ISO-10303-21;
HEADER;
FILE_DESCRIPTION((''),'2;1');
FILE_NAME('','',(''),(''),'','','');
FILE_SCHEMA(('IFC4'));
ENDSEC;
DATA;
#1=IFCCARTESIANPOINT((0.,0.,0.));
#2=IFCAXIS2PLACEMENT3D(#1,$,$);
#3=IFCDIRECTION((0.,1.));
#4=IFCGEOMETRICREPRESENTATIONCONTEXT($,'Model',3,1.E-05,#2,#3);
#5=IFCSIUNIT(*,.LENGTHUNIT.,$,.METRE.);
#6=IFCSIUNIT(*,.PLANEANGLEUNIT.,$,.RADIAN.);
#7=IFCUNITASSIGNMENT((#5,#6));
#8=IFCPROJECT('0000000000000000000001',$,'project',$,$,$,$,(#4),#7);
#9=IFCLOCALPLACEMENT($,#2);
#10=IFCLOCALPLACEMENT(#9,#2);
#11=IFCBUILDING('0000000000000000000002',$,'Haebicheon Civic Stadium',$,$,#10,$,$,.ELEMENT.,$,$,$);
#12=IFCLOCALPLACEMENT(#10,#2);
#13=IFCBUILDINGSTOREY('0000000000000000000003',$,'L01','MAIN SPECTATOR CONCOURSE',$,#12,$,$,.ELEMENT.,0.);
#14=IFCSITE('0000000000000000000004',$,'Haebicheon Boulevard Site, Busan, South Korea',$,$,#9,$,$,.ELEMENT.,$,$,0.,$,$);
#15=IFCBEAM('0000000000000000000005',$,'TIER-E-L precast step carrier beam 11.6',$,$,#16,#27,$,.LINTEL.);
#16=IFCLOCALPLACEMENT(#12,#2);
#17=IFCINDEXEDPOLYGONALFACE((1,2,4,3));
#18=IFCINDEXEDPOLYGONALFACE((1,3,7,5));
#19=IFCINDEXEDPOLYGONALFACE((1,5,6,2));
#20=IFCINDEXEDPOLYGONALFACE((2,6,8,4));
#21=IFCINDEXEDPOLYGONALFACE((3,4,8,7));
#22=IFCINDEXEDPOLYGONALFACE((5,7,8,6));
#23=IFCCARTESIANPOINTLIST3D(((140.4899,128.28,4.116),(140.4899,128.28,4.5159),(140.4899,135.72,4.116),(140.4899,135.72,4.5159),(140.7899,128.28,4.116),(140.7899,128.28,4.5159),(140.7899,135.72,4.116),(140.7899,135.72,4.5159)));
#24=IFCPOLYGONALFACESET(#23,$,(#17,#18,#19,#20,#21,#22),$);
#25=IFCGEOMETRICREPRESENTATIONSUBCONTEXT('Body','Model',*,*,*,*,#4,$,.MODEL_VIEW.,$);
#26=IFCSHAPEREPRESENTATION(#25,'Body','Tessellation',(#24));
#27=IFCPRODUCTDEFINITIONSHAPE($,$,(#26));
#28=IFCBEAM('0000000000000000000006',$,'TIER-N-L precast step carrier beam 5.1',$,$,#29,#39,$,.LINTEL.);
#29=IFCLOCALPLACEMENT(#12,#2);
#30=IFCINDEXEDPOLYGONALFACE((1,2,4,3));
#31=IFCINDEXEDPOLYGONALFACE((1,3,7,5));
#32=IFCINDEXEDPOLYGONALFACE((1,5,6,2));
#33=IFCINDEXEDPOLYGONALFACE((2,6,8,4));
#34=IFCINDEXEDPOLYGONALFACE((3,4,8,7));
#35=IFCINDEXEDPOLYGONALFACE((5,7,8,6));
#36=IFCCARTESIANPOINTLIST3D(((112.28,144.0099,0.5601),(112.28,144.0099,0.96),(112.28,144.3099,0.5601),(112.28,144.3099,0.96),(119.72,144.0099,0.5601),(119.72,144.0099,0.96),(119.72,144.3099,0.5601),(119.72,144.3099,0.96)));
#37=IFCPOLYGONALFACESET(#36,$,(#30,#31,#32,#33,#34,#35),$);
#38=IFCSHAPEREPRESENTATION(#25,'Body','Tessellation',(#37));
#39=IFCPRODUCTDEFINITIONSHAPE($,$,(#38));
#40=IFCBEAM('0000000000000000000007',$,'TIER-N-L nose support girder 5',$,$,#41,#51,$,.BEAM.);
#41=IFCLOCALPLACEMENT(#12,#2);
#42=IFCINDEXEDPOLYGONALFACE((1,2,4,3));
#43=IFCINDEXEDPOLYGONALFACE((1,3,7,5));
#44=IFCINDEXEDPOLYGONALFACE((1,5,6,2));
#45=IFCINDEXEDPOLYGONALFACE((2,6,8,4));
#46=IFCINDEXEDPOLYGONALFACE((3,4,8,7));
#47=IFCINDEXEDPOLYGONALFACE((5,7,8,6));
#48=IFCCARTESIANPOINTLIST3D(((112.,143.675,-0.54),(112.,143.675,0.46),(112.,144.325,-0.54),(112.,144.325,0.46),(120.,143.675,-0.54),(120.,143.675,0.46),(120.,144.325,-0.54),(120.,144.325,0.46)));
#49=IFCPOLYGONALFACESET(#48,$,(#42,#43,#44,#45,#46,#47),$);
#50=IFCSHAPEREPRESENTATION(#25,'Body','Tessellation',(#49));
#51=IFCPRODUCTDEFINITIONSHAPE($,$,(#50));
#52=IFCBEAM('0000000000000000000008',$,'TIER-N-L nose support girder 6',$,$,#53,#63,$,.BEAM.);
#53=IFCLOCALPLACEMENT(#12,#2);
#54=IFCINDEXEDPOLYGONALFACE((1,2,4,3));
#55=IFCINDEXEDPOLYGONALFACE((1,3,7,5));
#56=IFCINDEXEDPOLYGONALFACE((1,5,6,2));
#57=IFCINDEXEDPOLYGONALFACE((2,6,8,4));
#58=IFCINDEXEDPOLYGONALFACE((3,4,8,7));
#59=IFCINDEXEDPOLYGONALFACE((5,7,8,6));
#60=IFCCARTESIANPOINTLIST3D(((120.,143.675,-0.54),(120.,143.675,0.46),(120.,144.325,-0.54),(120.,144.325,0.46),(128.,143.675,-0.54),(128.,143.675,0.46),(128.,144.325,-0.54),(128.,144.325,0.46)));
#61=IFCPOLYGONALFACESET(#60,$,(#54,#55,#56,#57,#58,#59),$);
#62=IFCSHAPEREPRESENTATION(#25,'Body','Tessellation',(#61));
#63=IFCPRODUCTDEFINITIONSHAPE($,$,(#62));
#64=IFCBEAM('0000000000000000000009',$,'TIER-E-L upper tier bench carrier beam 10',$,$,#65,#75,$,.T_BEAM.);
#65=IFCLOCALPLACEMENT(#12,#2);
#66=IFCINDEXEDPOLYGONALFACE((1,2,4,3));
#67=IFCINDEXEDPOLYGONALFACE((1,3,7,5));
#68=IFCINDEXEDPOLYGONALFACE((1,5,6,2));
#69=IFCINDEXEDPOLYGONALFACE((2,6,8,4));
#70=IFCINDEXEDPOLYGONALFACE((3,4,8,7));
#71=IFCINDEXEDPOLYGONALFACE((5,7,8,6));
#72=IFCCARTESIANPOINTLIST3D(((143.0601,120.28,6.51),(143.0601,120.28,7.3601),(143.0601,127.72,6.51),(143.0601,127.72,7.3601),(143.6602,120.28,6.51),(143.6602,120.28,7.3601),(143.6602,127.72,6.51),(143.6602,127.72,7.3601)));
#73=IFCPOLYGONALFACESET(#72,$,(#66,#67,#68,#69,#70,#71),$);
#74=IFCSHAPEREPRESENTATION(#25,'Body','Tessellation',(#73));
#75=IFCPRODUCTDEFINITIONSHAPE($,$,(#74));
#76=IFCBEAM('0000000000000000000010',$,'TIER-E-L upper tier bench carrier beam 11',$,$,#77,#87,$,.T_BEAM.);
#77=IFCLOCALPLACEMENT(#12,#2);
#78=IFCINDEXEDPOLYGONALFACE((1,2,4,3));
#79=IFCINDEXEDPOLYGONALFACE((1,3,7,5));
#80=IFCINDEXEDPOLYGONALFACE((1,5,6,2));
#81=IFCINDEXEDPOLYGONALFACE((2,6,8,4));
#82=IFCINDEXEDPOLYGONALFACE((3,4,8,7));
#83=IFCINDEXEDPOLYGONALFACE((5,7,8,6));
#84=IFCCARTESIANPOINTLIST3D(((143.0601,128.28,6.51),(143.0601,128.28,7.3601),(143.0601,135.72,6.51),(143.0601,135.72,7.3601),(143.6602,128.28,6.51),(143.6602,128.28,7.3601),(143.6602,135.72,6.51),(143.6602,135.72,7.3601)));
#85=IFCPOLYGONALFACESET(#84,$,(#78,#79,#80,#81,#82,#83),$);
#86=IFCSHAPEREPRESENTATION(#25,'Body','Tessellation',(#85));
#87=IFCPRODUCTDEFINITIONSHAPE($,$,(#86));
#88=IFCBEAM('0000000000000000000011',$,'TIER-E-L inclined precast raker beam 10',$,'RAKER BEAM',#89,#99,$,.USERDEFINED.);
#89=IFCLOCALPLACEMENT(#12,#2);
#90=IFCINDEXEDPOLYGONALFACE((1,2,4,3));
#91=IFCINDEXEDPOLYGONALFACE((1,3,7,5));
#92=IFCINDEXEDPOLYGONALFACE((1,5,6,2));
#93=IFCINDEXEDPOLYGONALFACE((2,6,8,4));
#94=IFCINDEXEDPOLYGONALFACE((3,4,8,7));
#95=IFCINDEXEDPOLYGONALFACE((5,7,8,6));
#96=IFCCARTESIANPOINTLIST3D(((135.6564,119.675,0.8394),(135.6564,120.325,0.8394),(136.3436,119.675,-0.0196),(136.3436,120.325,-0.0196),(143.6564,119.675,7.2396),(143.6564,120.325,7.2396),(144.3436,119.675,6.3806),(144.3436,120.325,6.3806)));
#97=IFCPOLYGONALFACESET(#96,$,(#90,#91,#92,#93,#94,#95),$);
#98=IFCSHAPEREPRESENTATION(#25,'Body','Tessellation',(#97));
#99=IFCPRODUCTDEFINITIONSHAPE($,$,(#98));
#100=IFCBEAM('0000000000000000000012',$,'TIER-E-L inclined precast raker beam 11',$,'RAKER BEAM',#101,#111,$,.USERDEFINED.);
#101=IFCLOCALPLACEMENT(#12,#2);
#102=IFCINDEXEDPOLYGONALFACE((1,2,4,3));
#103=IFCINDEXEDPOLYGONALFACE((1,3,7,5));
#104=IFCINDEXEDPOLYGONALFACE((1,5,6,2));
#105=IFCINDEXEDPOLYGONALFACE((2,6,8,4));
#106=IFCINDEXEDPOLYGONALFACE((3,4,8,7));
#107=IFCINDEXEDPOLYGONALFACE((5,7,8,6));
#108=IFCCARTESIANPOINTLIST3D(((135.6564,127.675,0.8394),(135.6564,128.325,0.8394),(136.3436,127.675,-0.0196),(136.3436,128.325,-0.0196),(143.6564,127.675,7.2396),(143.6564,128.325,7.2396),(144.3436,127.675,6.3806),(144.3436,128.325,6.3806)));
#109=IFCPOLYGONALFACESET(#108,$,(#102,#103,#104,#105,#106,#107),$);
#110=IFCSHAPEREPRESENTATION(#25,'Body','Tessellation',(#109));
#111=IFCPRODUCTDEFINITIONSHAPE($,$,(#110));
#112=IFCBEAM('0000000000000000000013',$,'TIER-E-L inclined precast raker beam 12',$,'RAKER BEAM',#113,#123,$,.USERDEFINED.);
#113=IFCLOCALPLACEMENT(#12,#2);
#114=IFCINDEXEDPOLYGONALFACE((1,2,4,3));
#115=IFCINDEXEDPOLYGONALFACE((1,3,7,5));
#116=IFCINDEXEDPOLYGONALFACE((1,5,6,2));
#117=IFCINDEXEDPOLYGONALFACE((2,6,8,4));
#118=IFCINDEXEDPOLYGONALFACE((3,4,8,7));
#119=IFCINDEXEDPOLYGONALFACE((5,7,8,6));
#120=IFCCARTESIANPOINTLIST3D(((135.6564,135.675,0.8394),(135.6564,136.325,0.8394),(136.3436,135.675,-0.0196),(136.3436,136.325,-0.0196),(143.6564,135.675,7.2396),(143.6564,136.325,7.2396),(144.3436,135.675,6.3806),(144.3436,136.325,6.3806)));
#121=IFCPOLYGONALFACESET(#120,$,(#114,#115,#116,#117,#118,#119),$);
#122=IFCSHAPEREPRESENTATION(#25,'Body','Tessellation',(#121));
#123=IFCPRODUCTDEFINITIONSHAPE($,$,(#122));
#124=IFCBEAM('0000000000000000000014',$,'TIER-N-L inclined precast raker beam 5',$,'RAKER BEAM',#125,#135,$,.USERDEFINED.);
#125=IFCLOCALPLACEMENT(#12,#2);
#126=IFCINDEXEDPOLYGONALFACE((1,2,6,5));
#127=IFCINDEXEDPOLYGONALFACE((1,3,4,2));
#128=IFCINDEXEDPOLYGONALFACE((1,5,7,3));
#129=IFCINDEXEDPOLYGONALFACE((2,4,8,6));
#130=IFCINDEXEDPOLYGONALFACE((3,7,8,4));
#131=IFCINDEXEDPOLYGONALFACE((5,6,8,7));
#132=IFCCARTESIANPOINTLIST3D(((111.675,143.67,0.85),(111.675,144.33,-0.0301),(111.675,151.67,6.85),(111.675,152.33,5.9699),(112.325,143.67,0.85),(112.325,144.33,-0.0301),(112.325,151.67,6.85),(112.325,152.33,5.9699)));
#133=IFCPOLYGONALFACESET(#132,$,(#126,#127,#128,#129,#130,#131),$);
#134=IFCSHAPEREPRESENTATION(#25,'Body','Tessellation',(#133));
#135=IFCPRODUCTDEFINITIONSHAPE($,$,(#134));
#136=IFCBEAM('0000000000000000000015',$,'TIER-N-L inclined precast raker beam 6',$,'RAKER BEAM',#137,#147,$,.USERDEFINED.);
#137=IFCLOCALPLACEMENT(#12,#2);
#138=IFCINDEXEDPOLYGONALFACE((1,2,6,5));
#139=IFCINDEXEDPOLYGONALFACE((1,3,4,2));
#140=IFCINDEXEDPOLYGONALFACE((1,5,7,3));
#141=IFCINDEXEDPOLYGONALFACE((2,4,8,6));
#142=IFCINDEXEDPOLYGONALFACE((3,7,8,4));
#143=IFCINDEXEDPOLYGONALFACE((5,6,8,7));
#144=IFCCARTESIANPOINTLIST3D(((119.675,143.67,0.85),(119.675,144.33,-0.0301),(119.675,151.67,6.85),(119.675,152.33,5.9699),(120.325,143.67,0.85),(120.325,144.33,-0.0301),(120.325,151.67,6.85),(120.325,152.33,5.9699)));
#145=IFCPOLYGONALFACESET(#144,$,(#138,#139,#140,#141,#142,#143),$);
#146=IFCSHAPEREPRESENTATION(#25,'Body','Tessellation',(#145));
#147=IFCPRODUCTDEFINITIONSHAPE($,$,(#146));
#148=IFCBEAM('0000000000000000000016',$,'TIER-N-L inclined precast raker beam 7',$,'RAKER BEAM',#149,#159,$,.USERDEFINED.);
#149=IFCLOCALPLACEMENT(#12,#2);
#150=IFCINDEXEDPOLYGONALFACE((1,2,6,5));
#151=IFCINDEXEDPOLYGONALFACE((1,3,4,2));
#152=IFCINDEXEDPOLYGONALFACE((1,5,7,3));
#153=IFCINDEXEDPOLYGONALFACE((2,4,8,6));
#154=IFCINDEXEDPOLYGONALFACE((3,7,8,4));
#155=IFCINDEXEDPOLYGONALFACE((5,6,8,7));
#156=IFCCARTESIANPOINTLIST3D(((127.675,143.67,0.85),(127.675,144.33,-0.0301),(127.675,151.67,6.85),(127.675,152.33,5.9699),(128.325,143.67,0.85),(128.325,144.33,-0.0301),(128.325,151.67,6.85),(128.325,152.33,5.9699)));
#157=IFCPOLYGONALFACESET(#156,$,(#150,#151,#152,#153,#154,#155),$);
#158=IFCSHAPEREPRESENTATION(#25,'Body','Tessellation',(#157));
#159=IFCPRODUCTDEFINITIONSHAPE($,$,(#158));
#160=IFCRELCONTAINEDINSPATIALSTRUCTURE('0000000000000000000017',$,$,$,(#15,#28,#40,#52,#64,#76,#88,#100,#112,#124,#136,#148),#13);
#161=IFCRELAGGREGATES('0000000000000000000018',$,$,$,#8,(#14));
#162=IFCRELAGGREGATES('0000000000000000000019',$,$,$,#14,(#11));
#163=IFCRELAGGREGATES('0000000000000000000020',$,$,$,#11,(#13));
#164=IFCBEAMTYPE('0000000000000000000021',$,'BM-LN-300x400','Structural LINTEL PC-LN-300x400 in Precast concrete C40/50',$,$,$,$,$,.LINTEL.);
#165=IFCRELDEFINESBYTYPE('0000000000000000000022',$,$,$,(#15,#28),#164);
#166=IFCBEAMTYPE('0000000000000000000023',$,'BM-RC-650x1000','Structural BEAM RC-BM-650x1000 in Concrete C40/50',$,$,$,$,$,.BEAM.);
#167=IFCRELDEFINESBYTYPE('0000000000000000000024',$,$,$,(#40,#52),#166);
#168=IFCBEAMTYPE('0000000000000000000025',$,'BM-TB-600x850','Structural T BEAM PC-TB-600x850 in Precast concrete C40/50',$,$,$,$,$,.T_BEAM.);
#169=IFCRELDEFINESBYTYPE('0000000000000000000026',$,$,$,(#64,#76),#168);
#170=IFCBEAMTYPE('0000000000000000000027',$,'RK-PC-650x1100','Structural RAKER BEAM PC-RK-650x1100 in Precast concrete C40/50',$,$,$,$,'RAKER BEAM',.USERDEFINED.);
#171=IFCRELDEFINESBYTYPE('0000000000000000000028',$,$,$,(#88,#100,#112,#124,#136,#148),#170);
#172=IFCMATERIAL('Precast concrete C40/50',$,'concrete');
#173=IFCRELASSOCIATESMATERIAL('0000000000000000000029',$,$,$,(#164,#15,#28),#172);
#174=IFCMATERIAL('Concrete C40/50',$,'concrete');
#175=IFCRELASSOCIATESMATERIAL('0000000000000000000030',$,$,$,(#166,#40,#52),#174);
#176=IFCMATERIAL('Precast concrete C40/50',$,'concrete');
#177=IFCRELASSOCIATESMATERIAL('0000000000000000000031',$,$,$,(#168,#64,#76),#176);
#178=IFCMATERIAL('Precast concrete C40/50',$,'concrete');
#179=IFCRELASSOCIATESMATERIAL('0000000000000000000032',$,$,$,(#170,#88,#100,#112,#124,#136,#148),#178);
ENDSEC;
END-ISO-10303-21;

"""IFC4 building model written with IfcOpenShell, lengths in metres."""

from ifc_helpers import new_model, si_unit, direction, frame, origin, origin_2d, place, context, subcontext, project, spatial, rectangle, extrude, material, material_profile, profile_set, type_object, element, save


model = new_model("IFC4")

# Units and contexts
model_context = context("Model", 3, precision=1e-05, world=origin(), true_north=direction((0.0, 1.0)))
body_context = subcontext(model_context, "Body", "Model", "MODEL_VIEW")
ifc_project = project(units=[si_unit("LENGTHUNIT", "METRE"), si_unit("PLANEANGLEUNIT", "RADIAN")], contexts=[model_context])

# Site, building, storey
site_placement = place(None, origin())
site = spatial("IfcSite", under=ifc_project, at=site_placement, Name="Haebicheon Boulevard Site, Busan, South Korea", CompositionType="ELEMENT", RefElevation=0.0)
building_placement = place(site_placement, origin())
building = spatial("IfcBuilding", under=site, at=building_placement, Name="Haebicheon Civic Stadium", CompositionType="ELEMENT")
storey_placement = place(building_placement, origin())
storey = spatial("IfcBuildingStorey", under=building, at=storey_placement, Name="L01", Description="MAIN SPECTATOR CONCOURSE", CompositionType="ELEMENT", Elevation=0.0)

# Beams
ifc_material_1 = material(Name="Precast concrete C40/50", Category="concrete")
ifc_material_profile_1 = material_profile(ifc_material_1, rectangle(XDim=0.3, YDim=0.3999, at=origin_2d()), Name="PC-LN-300x400")
ifc_profile_set_1 = profile_set([ifc_material_profile_1], Name="Precast concrete C40/50")
beam_type_1 = type_object("IfcBeamType", Name="BM-LN-300x400", Description="Structural LINTEL PC-LN-300x400 in Precast concrete C40/50", PredefinedType="LINTEL", material=ifc_profile_set_1)
for number, where, z_axis, x_axis, name in (
    (1, (140.6399, 128.28, 4.3159), (0.0, 1.0, 0.0), (-1.0, 0.0, 0.0), "TIER-E-L precast step carrier beam 11.6"),
    (2, (112.28, 144.1599, 0.76), (1.0, 0.0, 0.0), (0.0, 1.0, 0.0), "TIER-N-L precast step carrier beam 5.1"),
):
    element("IfcBeam", number, at=place(storey_placement, frame(where, z_axis=z_axis, x_axis=x_axis)), inside=storey, type_object=beam_type_1, material=ifc_profile_set_1, Name=name, PredefinedType="LINTEL", context=body_context, shape_type="SweptSolid", body=[
        extrude(rectangle(XDim=0.3, YDim=0.3999, at=origin_2d()), origin(), (0.0, 0.0, 1.0), 7.4399),
    ])
ifc_material_2 = material(Name="Concrete C40/50", Category="concrete")
ifc_material_profile_2 = material_profile(ifc_material_2, rectangle(XDim=0.6499, YDim=1.0, at=origin_2d()), Name="RC-BM-650x1000")
ifc_profile_set_2 = profile_set([ifc_material_profile_2], Name="Concrete C40/50")
beam_type_2 = type_object("IfcBeamType", Name="BM-RC-650x1000", Description="Structural BEAM RC-BM-650x1000 in Concrete C40/50", PredefinedType="BEAM", material=ifc_profile_set_2)
for number, where, z_axis, x_axis, name in (
    (3, (112.0, 144.0, -0.04), (1.0, 0.0, 0.0), (0.0, 1.0, 0.0), "TIER-N-L nose support girder 5"),
    (4, (120.0, 144.0, -0.04), (1.0, 0.0, 0.0), (0.0, 1.0, 0.0), "TIER-N-L nose support girder 6"),
):
    element("IfcBeam", number, at=place(storey_placement, frame(where, z_axis=z_axis, x_axis=x_axis)), inside=storey, type_object=beam_type_2, material=ifc_profile_set_2, Name=name, PredefinedType="BEAM", context=body_context, shape_type="SweptSolid", body=[
        extrude(rectangle(XDim=0.6499, YDim=1.0, at=origin_2d()), origin(), (0.0, 0.0, 1.0), 8.0),
    ])
ifc_material_3 = material(Name="Precast concrete C40/50", Category="concrete")
ifc_material_profile_3 = material_profile(ifc_material_3, rectangle(XDim=0.6001, YDim=0.8501, at=origin_2d()), Name="PC-TB-600x850")
ifc_profile_set_3 = profile_set([ifc_material_profile_3], Name="Precast concrete C40/50")
beam_type_3 = type_object("IfcBeamType", Name="BM-TB-600x850", Description="Structural T BEAM PC-TB-600x850 in Precast concrete C40/50", PredefinedType="T_BEAM", material=ifc_profile_set_3)
for number, where, z_axis, x_axis, name in (
    (5, (143.3601, 120.28, 6.9351), (0.0, 1.0, 0.0), (-1.0, 0.0, 0.0), "TIER-E-L upper tier bench carrier beam 10"),
    (6, (143.3601, 128.28, 6.9351), (0.0, 1.0, 0.0), (-1.0, 0.0, 0.0), "TIER-E-L upper tier bench carrier beam 11"),
):
    element("IfcBeam", number, at=place(storey_placement, frame(where, z_axis=z_axis, x_axis=x_axis)), inside=storey, type_object=beam_type_3, material=ifc_profile_set_3, Name=name, PredefinedType="T_BEAM", context=body_context, shape_type="SweptSolid", body=[
        extrude(rectangle(XDim=0.6001, YDim=0.8501, at=origin_2d()), origin(), (0.0, 0.0, 1.0), 7.4399),
    ])
ifc_material_4 = material(Name="Precast concrete C40/50", Category="concrete")
ifc_material_profile_4 = material_profile(ifc_material_4, rectangle(XDim=0.6499, YDim=1.1001, at=origin_2d()), Name="PC-RK-650x1100")
ifc_profile_set_4 = profile_set([ifc_material_profile_4], Name="Precast concrete C40/50")
beam_type_4 = type_object("IfcBeamType", Name="RK-PC-650x1100", Description="Structural RAKER BEAM PC-RK-650x1100 in Precast concrete C40/50", ElementType="RAKER BEAM", PredefinedType="USERDEFINED", material=ifc_profile_set_4)
for number, where, z_axis, x_axis, name in (
    (7, (136.0, 120.0, 0.4099), (0.780862, 0.0, 0.624704), (0.0, 1.0, 0.0), "TIER-E-L inclined precast raker beam 10"),
    (8, (136.0, 128.0, 0.4099), (0.780862, 0.0, 0.624704), (0.0, 1.0, 0.0), "TIER-E-L inclined precast raker beam 11"),
    (9, (136.0, 136.0, 0.4099), (0.780862, 0.0, 0.624704), (0.0, 1.0, 0.0), "TIER-E-L inclined precast raker beam 12"),
):
    element("IfcBeam", number, at=place(storey_placement, frame(where, z_axis=z_axis, x_axis=x_axis)), inside=storey, type_object=beam_type_4, material=ifc_profile_set_4, Name=name, ObjectType="RAKER BEAM", PredefinedType="USERDEFINED", context=body_context, shape_type="SweptSolid", body=[
        extrude(rectangle(XDim=0.6499, YDim=1.1001, at=origin_2d()), origin(), (0.0, 0.0, 1.0), 10.2451),
    ])
for number, where, z_axis, x_axis, name in (
    (10, (112.0, 144.0, 0.4099), (0.0, 0.8, 0.6), (-1.0, 0.0, 0.0), "TIER-N-L inclined precast raker beam 5"),
    (11, (120.0, 144.0, 0.4099), (0.0, 0.8, 0.6), (-1.0, 0.0, 0.0), "TIER-N-L inclined precast raker beam 6"),
    (12, (128.0, 144.0, 0.4099), (0.0, 0.8, 0.6), (-1.0, 0.0, 0.0), "TIER-N-L inclined precast raker beam 7"),
):
    element("IfcBeam", number, at=place(storey_placement, frame(where, z_axis=z_axis, x_axis=x_axis)), inside=storey, type_object=beam_type_4, material=ifc_profile_set_4, Name=name, ObjectType="RAKER BEAM", PredefinedType="USERDEFINED", context=body_context, shape_type="SweptSolid", body=[
        extrude(rectangle(XDim=0.6499, YDim=1.1001, at=origin_2d()), origin(), (0.0, 0.0, 1.0), 10.0),
    ])

save(model, "model.ifc")
